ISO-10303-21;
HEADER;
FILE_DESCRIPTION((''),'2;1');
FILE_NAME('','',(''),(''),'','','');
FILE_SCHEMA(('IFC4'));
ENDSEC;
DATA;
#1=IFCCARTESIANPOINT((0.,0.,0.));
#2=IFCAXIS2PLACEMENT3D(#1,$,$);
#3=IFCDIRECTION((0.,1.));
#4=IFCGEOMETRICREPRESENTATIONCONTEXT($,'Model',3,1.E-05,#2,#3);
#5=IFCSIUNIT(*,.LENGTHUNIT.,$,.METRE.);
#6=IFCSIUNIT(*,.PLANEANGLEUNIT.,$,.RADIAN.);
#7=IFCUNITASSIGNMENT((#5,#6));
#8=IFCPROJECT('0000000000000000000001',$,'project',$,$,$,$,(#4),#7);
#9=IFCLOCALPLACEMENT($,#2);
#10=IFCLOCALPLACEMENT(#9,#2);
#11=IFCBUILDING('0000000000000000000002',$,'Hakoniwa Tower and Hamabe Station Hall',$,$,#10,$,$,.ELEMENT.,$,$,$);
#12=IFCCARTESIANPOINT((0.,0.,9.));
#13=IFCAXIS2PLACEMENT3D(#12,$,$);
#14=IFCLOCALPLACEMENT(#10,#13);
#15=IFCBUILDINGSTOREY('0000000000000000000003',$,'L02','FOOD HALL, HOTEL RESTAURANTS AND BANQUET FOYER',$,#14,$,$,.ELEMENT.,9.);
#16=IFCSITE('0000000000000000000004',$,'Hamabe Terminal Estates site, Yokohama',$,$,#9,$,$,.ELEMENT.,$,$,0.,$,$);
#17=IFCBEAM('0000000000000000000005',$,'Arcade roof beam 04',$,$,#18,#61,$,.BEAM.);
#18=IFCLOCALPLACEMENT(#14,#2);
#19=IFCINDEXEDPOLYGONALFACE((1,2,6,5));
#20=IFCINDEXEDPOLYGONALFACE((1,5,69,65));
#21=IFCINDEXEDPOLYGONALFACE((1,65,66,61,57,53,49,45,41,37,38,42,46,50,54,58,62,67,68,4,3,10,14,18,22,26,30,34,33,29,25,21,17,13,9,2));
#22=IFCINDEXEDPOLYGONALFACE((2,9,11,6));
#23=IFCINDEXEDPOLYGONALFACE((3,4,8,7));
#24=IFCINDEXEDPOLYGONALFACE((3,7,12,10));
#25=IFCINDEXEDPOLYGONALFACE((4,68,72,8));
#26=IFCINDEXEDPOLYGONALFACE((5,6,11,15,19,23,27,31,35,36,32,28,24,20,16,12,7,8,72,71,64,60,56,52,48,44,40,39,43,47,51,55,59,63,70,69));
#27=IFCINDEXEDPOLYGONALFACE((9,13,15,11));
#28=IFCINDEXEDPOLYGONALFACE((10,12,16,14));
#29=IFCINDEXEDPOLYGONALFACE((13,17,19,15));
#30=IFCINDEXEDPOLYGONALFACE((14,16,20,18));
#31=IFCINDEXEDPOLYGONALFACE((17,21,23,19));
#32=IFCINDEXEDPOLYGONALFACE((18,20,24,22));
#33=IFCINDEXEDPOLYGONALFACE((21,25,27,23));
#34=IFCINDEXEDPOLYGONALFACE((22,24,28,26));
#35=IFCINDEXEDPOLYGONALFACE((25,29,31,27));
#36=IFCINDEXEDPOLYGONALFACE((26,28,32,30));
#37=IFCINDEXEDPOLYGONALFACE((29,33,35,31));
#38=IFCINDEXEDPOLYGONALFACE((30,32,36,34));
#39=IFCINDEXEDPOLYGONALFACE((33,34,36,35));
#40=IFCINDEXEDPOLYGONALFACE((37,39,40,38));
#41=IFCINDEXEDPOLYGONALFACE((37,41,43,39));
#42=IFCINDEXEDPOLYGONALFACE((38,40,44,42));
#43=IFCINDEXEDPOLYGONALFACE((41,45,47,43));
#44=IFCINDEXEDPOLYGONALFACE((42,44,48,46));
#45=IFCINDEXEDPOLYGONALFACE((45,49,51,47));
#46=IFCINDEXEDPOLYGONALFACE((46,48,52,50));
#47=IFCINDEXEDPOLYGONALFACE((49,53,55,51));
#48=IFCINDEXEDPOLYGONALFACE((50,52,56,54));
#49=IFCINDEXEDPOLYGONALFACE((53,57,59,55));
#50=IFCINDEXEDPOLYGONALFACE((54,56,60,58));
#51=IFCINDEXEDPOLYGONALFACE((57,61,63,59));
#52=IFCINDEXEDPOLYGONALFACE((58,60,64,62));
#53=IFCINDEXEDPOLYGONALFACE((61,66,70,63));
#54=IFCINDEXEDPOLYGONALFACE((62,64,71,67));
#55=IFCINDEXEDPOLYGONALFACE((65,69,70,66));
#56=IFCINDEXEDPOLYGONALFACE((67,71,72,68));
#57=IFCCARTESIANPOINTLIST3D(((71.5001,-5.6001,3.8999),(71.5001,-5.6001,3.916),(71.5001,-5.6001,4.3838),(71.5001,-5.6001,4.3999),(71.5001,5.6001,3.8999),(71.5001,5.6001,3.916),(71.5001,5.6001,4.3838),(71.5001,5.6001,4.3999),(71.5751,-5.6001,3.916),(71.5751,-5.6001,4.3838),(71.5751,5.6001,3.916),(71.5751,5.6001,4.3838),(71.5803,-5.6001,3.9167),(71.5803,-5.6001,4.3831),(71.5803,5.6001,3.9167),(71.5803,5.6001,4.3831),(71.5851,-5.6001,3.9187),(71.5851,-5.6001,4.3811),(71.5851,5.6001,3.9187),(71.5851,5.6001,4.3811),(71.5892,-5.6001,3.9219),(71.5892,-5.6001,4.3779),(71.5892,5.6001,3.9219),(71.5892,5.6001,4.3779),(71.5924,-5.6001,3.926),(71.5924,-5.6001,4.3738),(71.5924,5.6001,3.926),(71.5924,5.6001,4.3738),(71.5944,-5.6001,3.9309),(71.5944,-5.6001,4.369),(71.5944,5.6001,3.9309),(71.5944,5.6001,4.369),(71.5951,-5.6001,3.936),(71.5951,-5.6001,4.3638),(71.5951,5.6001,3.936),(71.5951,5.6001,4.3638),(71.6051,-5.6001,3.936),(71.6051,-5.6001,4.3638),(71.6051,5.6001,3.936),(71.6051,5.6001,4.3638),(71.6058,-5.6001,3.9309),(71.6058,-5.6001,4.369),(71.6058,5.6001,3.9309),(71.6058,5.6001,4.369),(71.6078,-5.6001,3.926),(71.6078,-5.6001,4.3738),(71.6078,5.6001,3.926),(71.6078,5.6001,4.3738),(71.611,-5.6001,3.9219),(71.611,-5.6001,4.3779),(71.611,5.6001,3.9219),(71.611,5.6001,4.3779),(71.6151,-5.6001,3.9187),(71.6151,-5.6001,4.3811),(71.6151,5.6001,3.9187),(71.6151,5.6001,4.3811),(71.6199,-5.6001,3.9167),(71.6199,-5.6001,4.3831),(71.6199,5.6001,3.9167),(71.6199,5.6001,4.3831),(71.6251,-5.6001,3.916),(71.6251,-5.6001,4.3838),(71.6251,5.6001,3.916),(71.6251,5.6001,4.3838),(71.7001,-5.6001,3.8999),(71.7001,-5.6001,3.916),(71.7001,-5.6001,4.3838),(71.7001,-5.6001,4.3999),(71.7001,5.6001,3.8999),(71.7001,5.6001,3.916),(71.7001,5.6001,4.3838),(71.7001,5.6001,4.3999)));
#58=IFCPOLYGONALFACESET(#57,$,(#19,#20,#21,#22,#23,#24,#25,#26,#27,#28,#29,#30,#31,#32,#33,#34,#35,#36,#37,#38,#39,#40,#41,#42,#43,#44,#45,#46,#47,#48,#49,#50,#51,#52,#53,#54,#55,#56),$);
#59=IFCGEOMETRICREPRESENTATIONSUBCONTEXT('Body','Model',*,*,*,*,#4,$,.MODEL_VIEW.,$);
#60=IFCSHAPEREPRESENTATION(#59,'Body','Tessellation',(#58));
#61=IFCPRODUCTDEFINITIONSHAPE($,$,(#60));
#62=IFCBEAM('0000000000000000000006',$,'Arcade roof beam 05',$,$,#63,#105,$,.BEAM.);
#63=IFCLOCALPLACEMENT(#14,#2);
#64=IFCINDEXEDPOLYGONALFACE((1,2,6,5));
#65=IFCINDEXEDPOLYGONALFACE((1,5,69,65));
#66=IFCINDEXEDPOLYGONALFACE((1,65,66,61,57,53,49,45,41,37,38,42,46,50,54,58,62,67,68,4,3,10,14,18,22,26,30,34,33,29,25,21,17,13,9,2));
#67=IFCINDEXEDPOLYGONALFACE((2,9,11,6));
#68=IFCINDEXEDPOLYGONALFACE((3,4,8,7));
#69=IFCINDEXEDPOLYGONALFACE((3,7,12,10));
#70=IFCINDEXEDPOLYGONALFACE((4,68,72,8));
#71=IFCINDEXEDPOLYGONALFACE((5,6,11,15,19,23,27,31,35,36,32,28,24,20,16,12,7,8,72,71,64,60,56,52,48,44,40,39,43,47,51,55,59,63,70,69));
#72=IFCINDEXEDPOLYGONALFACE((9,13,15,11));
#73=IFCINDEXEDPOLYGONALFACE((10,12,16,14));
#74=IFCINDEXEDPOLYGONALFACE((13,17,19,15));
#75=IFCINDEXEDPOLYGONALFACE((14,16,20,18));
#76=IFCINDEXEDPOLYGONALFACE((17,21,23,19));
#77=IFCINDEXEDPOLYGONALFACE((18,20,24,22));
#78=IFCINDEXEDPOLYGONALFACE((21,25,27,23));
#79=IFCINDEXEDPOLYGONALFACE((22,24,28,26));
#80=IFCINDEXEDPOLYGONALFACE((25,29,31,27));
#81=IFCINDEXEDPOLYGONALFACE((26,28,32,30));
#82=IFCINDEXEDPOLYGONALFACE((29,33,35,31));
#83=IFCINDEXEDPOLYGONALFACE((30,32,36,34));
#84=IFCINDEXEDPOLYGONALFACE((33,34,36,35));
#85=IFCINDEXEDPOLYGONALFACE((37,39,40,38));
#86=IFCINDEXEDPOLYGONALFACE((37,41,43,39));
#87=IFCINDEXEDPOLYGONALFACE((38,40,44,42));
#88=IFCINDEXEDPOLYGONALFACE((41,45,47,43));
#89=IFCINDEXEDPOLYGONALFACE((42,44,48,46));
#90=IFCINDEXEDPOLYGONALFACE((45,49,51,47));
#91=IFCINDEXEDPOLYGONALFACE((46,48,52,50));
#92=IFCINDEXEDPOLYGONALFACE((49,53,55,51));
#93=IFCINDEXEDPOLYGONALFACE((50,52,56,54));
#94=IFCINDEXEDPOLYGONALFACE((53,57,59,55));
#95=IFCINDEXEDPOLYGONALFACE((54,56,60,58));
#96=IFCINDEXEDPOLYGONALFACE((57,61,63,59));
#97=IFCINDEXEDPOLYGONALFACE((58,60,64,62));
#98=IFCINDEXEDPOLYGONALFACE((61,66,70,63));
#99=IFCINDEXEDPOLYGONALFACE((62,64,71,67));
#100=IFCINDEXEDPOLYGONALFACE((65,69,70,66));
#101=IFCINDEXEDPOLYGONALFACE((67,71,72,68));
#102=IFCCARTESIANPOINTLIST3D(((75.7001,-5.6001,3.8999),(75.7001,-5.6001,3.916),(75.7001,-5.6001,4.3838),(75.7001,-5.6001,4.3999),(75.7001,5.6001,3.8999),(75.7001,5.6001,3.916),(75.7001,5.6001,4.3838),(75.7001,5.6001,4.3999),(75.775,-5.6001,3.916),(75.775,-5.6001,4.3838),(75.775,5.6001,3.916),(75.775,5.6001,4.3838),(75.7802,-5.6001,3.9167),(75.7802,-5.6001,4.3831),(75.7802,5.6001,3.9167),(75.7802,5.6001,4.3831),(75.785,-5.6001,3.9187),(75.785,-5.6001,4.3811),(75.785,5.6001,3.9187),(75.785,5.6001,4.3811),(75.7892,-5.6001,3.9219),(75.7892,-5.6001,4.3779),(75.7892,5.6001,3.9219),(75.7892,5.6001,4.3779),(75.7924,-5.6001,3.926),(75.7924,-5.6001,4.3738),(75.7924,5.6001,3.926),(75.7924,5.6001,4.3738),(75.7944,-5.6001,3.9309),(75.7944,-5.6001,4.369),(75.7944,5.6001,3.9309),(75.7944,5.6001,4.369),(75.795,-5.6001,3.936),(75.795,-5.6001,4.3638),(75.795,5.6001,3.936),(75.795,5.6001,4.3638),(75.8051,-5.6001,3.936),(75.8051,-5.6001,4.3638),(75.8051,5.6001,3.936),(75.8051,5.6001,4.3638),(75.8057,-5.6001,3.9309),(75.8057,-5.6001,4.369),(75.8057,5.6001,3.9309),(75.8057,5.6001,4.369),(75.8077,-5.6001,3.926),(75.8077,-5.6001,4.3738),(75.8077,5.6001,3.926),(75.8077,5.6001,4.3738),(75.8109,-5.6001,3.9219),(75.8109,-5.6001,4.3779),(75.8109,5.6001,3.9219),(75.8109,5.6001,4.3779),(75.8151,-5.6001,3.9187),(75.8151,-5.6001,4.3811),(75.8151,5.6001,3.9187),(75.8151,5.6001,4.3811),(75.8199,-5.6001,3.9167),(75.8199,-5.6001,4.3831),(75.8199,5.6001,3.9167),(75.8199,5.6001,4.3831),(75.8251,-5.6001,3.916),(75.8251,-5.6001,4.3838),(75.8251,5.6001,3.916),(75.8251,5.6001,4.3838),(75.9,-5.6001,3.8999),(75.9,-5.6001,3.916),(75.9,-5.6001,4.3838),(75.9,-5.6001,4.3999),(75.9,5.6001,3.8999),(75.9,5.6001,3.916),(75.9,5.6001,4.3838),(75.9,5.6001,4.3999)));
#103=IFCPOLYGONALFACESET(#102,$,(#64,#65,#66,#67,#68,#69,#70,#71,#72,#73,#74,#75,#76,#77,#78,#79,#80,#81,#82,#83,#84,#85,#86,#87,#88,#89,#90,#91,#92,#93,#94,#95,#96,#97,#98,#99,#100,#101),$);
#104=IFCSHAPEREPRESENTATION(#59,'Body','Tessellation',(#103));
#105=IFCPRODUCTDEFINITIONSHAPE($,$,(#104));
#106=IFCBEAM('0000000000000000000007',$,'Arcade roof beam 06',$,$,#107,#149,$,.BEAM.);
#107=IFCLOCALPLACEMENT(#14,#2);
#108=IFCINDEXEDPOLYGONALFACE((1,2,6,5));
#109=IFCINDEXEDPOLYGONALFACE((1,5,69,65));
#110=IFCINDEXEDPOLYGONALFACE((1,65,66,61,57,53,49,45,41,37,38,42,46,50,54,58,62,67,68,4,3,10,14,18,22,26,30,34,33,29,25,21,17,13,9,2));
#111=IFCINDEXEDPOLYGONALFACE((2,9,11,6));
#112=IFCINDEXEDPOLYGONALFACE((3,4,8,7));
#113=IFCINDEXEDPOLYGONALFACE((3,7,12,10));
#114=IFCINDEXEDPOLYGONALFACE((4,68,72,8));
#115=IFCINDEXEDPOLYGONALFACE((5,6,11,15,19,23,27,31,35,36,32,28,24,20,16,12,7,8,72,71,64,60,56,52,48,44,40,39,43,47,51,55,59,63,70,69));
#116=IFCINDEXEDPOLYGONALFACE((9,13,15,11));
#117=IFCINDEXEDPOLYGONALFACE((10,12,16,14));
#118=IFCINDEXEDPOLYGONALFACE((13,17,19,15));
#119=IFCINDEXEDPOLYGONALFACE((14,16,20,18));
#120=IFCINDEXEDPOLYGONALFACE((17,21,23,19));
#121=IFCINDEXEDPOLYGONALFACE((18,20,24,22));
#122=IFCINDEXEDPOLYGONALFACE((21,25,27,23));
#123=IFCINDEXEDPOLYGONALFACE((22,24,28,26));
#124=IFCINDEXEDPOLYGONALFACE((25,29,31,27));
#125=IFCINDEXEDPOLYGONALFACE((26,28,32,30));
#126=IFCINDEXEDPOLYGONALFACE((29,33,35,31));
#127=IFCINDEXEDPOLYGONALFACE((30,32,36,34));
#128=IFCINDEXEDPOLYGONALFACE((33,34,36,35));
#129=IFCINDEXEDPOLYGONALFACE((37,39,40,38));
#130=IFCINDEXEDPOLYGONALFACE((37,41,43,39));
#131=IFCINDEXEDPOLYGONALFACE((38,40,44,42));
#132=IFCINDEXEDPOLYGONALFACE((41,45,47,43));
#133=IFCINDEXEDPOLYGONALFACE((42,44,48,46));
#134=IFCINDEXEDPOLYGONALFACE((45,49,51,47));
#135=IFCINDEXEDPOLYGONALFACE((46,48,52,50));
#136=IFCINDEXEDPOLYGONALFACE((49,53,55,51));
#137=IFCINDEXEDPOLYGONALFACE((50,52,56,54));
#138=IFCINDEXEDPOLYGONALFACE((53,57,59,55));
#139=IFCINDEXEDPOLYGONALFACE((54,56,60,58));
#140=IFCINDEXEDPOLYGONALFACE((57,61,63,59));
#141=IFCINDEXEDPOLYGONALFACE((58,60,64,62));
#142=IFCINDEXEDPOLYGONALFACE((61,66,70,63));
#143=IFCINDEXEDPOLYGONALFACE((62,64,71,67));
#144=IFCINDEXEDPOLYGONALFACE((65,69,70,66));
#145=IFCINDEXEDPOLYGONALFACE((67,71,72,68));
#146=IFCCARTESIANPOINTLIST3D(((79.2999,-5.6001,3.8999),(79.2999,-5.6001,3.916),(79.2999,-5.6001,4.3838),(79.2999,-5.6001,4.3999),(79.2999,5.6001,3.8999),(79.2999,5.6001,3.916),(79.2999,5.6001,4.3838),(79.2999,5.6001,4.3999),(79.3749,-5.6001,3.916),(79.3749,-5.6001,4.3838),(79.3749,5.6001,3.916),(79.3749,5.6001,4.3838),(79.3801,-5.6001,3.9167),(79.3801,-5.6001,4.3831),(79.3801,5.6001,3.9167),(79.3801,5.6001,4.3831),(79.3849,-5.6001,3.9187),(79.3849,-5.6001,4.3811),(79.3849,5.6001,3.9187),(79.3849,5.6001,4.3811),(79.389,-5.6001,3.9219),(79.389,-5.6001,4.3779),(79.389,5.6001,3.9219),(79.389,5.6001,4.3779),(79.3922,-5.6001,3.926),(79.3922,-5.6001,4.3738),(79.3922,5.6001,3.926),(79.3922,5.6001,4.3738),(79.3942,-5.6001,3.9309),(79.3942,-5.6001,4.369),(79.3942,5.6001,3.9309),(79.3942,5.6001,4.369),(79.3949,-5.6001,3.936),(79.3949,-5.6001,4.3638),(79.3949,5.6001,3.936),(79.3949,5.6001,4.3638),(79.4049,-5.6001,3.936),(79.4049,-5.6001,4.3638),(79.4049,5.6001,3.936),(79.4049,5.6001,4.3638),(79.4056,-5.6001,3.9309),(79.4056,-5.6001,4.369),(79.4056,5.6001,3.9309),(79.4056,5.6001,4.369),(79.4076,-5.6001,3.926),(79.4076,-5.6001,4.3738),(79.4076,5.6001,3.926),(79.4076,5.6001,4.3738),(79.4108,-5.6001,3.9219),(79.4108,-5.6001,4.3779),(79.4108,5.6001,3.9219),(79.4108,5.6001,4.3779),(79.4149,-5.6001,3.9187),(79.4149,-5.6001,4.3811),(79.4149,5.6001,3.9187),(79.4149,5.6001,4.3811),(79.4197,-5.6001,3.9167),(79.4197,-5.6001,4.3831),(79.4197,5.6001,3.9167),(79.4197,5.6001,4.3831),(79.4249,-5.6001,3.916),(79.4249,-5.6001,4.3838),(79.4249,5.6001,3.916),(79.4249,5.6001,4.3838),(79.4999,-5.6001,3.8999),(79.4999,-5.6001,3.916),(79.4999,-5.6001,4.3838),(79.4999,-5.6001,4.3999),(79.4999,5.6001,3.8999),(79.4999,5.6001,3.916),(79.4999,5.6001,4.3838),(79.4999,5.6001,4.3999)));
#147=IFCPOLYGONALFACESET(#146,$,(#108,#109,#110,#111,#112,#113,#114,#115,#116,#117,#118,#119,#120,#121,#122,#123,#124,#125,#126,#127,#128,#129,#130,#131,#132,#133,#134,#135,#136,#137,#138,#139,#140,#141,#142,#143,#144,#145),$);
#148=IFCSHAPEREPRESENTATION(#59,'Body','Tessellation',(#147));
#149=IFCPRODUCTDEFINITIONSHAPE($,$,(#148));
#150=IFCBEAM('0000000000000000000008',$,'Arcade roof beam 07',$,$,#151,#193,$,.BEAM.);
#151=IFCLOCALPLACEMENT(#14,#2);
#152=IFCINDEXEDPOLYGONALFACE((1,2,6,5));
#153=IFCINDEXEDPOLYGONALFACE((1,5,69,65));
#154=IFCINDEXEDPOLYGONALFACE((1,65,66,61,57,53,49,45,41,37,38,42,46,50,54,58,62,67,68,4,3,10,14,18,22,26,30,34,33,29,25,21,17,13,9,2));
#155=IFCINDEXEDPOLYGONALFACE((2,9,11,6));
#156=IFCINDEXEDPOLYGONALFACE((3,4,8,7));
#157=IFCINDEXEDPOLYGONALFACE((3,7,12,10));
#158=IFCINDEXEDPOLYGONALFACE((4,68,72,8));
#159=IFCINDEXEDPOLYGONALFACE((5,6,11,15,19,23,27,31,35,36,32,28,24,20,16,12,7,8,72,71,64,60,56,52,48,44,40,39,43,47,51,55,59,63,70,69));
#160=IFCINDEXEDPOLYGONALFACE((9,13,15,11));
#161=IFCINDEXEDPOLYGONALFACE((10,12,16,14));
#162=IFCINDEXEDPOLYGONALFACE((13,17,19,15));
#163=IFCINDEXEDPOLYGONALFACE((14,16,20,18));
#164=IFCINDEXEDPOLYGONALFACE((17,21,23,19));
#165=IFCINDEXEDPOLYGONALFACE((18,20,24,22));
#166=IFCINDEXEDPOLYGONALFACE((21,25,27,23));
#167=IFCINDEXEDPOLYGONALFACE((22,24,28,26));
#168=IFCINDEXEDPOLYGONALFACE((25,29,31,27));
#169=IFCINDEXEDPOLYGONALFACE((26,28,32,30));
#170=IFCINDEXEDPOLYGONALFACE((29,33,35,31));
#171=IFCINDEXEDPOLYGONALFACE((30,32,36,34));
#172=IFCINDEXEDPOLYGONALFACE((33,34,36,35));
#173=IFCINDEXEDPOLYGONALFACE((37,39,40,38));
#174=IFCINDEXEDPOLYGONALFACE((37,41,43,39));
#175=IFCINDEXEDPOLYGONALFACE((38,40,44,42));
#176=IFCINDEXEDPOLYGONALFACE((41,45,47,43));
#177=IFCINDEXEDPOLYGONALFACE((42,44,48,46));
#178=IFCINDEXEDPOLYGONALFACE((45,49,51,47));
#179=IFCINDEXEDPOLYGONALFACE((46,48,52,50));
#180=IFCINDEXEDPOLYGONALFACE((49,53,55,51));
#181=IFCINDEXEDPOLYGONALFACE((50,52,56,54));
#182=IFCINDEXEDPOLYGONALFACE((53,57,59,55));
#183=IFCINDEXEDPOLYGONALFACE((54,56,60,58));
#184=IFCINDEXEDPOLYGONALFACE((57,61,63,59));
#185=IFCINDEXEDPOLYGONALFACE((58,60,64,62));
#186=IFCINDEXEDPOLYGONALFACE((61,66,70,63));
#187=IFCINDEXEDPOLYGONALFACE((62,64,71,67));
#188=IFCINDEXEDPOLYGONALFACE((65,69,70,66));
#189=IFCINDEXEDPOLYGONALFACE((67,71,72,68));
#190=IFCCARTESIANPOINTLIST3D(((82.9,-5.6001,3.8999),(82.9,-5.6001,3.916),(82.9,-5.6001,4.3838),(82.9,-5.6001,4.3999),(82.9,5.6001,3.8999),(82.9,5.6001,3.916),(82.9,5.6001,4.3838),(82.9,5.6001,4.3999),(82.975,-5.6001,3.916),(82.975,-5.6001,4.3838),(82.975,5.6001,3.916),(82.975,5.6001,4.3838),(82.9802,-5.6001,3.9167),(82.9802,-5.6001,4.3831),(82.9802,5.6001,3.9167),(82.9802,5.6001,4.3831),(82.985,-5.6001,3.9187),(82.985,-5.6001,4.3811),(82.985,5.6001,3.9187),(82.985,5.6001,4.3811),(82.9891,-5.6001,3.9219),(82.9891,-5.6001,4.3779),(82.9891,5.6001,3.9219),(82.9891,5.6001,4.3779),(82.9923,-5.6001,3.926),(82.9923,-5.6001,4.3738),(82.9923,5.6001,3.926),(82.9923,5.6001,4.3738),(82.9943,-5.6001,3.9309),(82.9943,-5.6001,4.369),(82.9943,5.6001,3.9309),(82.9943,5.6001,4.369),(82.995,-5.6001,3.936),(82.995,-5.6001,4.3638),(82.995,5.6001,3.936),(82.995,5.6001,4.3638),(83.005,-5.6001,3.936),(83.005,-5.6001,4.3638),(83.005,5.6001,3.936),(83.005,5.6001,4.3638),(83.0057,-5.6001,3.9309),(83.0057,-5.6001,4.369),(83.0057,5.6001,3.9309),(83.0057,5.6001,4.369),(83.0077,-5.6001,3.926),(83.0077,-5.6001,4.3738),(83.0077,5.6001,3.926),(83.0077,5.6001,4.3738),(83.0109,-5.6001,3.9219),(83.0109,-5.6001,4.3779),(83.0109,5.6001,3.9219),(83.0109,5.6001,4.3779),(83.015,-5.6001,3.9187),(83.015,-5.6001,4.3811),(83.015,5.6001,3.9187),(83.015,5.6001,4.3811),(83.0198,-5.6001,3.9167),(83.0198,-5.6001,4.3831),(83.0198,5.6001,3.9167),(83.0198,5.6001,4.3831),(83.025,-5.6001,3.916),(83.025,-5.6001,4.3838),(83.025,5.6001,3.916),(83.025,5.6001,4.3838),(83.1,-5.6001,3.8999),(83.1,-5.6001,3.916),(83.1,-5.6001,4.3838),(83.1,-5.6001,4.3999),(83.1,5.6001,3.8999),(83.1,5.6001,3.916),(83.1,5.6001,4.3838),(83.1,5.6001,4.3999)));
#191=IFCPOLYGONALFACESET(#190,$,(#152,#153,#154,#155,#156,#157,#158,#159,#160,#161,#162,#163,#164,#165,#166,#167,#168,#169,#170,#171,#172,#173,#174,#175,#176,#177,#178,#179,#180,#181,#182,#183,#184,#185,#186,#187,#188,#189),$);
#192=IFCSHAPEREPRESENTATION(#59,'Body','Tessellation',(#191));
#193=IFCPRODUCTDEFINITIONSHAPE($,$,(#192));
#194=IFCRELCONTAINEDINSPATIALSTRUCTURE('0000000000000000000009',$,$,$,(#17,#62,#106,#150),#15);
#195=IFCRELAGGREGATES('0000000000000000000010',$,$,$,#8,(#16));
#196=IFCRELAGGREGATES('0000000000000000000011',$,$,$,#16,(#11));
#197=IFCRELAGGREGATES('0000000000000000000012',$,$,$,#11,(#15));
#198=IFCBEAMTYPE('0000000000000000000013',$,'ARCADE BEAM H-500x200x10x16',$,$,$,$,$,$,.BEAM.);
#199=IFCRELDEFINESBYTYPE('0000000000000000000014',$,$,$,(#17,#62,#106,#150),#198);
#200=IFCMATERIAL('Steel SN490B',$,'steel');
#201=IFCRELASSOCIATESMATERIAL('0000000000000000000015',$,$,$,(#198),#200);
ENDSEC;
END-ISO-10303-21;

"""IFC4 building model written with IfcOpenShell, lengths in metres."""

from ifc_helpers import new_model, si_unit, direction, frame, origin, origin_2d, place, context, subcontext, project, spatial, i_section, extrude, material, material_profile, profile_set, type_object, element, save


model = new_model("IFC4")

# Units and contexts
model_context = context("Model", 3, precision=1e-05, world=origin(), true_north=direction((0.0, 1.0)))
body_context = subcontext(model_context, "Body", "Model", "MODEL_VIEW")
ifc_project = project(units=[si_unit("LENGTHUNIT", "METRE"), si_unit("PLANEANGLEUNIT", "RADIAN")], contexts=[model_context])

# Site, building, storey
site_placement = place(None, origin())
site = spatial("IfcSite", under=ifc_project, at=site_placement, Name="Hamabe Terminal Estates site, Yokohama", CompositionType="ELEMENT", RefElevation=0.0)
building_placement = place(site_placement, origin())
building = spatial("IfcBuilding", under=site, at=building_placement, Name="Hakoniwa Tower and Hamabe Station Hall", CompositionType="ELEMENT")
storey_placement = place(building_placement, frame((0.0, 0.0, 9.0)))
storey = spatial("IfcBuildingStorey", under=building, at=storey_placement, Name="L02", Description="FOOD HALL, HOTEL RESTAURANTS AND BANQUET FOYER", CompositionType="ELEMENT", Elevation=9.0)

# Beams
ifc_material_1 = material(Name="Steel SN490B", Category="steel")
ifc_material_profile_1 = material_profile(ifc_material_1, i_section(OverallWidth=0.2, OverallDepth=0.5, WebThickness=0.01, FlangeThickness=0.0161, FilletRadius=0.02, at=origin_2d()), Name="H-500x200x10x16")
ifc_profile_set_1 = profile_set([ifc_material_profile_1], Name="Steel SN490B")
beam_type_1 = type_object("IfcBeamType", Name="ARCADE BEAM H-500x200x10x16", PredefinedType="BEAM", material=ifc_profile_set_1)
for number, where, z_axis, x_axis, name in (
    (1, (71.6001, -5.6001, 4.1499), (0.0, 1.0, 0.0), (-1.0, 0.0, 0.0), "Arcade roof beam 04"),
    (2, (75.8, -5.6001, 4.1499), (0.0, 1.0, 0.0), (-1.0, 0.0, 0.0), "Arcade roof beam 05"),
    (3, (79.3999, -5.6001, 4.1499), (0.0, 1.0, 0.0), (-1.0, 0.0, 0.0), "Arcade roof beam 06"),
    (4, (83.0, -5.6001, 4.1499), (0.0, 1.0, 0.0), (-1.0, 0.0, 0.0), "Arcade roof beam 07"),
):
    element("IfcBeam", number, at=place(storey_placement, frame(where, z_axis=z_axis, x_axis=x_axis)), inside=storey, type_object=beam_type_1, Name=name, PredefinedType="BEAM", context=body_context, shape_type="SweptSolid", body=[
        extrude(i_section(OverallWidth=0.2, OverallDepth=0.5, WebThickness=0.01, FlangeThickness=0.0161, FilletRadius=0.02, at=origin_2d()), origin(), (0.0, 0.0, 1.0), 11.2002),
    ])

save(model, "model.ifc")
